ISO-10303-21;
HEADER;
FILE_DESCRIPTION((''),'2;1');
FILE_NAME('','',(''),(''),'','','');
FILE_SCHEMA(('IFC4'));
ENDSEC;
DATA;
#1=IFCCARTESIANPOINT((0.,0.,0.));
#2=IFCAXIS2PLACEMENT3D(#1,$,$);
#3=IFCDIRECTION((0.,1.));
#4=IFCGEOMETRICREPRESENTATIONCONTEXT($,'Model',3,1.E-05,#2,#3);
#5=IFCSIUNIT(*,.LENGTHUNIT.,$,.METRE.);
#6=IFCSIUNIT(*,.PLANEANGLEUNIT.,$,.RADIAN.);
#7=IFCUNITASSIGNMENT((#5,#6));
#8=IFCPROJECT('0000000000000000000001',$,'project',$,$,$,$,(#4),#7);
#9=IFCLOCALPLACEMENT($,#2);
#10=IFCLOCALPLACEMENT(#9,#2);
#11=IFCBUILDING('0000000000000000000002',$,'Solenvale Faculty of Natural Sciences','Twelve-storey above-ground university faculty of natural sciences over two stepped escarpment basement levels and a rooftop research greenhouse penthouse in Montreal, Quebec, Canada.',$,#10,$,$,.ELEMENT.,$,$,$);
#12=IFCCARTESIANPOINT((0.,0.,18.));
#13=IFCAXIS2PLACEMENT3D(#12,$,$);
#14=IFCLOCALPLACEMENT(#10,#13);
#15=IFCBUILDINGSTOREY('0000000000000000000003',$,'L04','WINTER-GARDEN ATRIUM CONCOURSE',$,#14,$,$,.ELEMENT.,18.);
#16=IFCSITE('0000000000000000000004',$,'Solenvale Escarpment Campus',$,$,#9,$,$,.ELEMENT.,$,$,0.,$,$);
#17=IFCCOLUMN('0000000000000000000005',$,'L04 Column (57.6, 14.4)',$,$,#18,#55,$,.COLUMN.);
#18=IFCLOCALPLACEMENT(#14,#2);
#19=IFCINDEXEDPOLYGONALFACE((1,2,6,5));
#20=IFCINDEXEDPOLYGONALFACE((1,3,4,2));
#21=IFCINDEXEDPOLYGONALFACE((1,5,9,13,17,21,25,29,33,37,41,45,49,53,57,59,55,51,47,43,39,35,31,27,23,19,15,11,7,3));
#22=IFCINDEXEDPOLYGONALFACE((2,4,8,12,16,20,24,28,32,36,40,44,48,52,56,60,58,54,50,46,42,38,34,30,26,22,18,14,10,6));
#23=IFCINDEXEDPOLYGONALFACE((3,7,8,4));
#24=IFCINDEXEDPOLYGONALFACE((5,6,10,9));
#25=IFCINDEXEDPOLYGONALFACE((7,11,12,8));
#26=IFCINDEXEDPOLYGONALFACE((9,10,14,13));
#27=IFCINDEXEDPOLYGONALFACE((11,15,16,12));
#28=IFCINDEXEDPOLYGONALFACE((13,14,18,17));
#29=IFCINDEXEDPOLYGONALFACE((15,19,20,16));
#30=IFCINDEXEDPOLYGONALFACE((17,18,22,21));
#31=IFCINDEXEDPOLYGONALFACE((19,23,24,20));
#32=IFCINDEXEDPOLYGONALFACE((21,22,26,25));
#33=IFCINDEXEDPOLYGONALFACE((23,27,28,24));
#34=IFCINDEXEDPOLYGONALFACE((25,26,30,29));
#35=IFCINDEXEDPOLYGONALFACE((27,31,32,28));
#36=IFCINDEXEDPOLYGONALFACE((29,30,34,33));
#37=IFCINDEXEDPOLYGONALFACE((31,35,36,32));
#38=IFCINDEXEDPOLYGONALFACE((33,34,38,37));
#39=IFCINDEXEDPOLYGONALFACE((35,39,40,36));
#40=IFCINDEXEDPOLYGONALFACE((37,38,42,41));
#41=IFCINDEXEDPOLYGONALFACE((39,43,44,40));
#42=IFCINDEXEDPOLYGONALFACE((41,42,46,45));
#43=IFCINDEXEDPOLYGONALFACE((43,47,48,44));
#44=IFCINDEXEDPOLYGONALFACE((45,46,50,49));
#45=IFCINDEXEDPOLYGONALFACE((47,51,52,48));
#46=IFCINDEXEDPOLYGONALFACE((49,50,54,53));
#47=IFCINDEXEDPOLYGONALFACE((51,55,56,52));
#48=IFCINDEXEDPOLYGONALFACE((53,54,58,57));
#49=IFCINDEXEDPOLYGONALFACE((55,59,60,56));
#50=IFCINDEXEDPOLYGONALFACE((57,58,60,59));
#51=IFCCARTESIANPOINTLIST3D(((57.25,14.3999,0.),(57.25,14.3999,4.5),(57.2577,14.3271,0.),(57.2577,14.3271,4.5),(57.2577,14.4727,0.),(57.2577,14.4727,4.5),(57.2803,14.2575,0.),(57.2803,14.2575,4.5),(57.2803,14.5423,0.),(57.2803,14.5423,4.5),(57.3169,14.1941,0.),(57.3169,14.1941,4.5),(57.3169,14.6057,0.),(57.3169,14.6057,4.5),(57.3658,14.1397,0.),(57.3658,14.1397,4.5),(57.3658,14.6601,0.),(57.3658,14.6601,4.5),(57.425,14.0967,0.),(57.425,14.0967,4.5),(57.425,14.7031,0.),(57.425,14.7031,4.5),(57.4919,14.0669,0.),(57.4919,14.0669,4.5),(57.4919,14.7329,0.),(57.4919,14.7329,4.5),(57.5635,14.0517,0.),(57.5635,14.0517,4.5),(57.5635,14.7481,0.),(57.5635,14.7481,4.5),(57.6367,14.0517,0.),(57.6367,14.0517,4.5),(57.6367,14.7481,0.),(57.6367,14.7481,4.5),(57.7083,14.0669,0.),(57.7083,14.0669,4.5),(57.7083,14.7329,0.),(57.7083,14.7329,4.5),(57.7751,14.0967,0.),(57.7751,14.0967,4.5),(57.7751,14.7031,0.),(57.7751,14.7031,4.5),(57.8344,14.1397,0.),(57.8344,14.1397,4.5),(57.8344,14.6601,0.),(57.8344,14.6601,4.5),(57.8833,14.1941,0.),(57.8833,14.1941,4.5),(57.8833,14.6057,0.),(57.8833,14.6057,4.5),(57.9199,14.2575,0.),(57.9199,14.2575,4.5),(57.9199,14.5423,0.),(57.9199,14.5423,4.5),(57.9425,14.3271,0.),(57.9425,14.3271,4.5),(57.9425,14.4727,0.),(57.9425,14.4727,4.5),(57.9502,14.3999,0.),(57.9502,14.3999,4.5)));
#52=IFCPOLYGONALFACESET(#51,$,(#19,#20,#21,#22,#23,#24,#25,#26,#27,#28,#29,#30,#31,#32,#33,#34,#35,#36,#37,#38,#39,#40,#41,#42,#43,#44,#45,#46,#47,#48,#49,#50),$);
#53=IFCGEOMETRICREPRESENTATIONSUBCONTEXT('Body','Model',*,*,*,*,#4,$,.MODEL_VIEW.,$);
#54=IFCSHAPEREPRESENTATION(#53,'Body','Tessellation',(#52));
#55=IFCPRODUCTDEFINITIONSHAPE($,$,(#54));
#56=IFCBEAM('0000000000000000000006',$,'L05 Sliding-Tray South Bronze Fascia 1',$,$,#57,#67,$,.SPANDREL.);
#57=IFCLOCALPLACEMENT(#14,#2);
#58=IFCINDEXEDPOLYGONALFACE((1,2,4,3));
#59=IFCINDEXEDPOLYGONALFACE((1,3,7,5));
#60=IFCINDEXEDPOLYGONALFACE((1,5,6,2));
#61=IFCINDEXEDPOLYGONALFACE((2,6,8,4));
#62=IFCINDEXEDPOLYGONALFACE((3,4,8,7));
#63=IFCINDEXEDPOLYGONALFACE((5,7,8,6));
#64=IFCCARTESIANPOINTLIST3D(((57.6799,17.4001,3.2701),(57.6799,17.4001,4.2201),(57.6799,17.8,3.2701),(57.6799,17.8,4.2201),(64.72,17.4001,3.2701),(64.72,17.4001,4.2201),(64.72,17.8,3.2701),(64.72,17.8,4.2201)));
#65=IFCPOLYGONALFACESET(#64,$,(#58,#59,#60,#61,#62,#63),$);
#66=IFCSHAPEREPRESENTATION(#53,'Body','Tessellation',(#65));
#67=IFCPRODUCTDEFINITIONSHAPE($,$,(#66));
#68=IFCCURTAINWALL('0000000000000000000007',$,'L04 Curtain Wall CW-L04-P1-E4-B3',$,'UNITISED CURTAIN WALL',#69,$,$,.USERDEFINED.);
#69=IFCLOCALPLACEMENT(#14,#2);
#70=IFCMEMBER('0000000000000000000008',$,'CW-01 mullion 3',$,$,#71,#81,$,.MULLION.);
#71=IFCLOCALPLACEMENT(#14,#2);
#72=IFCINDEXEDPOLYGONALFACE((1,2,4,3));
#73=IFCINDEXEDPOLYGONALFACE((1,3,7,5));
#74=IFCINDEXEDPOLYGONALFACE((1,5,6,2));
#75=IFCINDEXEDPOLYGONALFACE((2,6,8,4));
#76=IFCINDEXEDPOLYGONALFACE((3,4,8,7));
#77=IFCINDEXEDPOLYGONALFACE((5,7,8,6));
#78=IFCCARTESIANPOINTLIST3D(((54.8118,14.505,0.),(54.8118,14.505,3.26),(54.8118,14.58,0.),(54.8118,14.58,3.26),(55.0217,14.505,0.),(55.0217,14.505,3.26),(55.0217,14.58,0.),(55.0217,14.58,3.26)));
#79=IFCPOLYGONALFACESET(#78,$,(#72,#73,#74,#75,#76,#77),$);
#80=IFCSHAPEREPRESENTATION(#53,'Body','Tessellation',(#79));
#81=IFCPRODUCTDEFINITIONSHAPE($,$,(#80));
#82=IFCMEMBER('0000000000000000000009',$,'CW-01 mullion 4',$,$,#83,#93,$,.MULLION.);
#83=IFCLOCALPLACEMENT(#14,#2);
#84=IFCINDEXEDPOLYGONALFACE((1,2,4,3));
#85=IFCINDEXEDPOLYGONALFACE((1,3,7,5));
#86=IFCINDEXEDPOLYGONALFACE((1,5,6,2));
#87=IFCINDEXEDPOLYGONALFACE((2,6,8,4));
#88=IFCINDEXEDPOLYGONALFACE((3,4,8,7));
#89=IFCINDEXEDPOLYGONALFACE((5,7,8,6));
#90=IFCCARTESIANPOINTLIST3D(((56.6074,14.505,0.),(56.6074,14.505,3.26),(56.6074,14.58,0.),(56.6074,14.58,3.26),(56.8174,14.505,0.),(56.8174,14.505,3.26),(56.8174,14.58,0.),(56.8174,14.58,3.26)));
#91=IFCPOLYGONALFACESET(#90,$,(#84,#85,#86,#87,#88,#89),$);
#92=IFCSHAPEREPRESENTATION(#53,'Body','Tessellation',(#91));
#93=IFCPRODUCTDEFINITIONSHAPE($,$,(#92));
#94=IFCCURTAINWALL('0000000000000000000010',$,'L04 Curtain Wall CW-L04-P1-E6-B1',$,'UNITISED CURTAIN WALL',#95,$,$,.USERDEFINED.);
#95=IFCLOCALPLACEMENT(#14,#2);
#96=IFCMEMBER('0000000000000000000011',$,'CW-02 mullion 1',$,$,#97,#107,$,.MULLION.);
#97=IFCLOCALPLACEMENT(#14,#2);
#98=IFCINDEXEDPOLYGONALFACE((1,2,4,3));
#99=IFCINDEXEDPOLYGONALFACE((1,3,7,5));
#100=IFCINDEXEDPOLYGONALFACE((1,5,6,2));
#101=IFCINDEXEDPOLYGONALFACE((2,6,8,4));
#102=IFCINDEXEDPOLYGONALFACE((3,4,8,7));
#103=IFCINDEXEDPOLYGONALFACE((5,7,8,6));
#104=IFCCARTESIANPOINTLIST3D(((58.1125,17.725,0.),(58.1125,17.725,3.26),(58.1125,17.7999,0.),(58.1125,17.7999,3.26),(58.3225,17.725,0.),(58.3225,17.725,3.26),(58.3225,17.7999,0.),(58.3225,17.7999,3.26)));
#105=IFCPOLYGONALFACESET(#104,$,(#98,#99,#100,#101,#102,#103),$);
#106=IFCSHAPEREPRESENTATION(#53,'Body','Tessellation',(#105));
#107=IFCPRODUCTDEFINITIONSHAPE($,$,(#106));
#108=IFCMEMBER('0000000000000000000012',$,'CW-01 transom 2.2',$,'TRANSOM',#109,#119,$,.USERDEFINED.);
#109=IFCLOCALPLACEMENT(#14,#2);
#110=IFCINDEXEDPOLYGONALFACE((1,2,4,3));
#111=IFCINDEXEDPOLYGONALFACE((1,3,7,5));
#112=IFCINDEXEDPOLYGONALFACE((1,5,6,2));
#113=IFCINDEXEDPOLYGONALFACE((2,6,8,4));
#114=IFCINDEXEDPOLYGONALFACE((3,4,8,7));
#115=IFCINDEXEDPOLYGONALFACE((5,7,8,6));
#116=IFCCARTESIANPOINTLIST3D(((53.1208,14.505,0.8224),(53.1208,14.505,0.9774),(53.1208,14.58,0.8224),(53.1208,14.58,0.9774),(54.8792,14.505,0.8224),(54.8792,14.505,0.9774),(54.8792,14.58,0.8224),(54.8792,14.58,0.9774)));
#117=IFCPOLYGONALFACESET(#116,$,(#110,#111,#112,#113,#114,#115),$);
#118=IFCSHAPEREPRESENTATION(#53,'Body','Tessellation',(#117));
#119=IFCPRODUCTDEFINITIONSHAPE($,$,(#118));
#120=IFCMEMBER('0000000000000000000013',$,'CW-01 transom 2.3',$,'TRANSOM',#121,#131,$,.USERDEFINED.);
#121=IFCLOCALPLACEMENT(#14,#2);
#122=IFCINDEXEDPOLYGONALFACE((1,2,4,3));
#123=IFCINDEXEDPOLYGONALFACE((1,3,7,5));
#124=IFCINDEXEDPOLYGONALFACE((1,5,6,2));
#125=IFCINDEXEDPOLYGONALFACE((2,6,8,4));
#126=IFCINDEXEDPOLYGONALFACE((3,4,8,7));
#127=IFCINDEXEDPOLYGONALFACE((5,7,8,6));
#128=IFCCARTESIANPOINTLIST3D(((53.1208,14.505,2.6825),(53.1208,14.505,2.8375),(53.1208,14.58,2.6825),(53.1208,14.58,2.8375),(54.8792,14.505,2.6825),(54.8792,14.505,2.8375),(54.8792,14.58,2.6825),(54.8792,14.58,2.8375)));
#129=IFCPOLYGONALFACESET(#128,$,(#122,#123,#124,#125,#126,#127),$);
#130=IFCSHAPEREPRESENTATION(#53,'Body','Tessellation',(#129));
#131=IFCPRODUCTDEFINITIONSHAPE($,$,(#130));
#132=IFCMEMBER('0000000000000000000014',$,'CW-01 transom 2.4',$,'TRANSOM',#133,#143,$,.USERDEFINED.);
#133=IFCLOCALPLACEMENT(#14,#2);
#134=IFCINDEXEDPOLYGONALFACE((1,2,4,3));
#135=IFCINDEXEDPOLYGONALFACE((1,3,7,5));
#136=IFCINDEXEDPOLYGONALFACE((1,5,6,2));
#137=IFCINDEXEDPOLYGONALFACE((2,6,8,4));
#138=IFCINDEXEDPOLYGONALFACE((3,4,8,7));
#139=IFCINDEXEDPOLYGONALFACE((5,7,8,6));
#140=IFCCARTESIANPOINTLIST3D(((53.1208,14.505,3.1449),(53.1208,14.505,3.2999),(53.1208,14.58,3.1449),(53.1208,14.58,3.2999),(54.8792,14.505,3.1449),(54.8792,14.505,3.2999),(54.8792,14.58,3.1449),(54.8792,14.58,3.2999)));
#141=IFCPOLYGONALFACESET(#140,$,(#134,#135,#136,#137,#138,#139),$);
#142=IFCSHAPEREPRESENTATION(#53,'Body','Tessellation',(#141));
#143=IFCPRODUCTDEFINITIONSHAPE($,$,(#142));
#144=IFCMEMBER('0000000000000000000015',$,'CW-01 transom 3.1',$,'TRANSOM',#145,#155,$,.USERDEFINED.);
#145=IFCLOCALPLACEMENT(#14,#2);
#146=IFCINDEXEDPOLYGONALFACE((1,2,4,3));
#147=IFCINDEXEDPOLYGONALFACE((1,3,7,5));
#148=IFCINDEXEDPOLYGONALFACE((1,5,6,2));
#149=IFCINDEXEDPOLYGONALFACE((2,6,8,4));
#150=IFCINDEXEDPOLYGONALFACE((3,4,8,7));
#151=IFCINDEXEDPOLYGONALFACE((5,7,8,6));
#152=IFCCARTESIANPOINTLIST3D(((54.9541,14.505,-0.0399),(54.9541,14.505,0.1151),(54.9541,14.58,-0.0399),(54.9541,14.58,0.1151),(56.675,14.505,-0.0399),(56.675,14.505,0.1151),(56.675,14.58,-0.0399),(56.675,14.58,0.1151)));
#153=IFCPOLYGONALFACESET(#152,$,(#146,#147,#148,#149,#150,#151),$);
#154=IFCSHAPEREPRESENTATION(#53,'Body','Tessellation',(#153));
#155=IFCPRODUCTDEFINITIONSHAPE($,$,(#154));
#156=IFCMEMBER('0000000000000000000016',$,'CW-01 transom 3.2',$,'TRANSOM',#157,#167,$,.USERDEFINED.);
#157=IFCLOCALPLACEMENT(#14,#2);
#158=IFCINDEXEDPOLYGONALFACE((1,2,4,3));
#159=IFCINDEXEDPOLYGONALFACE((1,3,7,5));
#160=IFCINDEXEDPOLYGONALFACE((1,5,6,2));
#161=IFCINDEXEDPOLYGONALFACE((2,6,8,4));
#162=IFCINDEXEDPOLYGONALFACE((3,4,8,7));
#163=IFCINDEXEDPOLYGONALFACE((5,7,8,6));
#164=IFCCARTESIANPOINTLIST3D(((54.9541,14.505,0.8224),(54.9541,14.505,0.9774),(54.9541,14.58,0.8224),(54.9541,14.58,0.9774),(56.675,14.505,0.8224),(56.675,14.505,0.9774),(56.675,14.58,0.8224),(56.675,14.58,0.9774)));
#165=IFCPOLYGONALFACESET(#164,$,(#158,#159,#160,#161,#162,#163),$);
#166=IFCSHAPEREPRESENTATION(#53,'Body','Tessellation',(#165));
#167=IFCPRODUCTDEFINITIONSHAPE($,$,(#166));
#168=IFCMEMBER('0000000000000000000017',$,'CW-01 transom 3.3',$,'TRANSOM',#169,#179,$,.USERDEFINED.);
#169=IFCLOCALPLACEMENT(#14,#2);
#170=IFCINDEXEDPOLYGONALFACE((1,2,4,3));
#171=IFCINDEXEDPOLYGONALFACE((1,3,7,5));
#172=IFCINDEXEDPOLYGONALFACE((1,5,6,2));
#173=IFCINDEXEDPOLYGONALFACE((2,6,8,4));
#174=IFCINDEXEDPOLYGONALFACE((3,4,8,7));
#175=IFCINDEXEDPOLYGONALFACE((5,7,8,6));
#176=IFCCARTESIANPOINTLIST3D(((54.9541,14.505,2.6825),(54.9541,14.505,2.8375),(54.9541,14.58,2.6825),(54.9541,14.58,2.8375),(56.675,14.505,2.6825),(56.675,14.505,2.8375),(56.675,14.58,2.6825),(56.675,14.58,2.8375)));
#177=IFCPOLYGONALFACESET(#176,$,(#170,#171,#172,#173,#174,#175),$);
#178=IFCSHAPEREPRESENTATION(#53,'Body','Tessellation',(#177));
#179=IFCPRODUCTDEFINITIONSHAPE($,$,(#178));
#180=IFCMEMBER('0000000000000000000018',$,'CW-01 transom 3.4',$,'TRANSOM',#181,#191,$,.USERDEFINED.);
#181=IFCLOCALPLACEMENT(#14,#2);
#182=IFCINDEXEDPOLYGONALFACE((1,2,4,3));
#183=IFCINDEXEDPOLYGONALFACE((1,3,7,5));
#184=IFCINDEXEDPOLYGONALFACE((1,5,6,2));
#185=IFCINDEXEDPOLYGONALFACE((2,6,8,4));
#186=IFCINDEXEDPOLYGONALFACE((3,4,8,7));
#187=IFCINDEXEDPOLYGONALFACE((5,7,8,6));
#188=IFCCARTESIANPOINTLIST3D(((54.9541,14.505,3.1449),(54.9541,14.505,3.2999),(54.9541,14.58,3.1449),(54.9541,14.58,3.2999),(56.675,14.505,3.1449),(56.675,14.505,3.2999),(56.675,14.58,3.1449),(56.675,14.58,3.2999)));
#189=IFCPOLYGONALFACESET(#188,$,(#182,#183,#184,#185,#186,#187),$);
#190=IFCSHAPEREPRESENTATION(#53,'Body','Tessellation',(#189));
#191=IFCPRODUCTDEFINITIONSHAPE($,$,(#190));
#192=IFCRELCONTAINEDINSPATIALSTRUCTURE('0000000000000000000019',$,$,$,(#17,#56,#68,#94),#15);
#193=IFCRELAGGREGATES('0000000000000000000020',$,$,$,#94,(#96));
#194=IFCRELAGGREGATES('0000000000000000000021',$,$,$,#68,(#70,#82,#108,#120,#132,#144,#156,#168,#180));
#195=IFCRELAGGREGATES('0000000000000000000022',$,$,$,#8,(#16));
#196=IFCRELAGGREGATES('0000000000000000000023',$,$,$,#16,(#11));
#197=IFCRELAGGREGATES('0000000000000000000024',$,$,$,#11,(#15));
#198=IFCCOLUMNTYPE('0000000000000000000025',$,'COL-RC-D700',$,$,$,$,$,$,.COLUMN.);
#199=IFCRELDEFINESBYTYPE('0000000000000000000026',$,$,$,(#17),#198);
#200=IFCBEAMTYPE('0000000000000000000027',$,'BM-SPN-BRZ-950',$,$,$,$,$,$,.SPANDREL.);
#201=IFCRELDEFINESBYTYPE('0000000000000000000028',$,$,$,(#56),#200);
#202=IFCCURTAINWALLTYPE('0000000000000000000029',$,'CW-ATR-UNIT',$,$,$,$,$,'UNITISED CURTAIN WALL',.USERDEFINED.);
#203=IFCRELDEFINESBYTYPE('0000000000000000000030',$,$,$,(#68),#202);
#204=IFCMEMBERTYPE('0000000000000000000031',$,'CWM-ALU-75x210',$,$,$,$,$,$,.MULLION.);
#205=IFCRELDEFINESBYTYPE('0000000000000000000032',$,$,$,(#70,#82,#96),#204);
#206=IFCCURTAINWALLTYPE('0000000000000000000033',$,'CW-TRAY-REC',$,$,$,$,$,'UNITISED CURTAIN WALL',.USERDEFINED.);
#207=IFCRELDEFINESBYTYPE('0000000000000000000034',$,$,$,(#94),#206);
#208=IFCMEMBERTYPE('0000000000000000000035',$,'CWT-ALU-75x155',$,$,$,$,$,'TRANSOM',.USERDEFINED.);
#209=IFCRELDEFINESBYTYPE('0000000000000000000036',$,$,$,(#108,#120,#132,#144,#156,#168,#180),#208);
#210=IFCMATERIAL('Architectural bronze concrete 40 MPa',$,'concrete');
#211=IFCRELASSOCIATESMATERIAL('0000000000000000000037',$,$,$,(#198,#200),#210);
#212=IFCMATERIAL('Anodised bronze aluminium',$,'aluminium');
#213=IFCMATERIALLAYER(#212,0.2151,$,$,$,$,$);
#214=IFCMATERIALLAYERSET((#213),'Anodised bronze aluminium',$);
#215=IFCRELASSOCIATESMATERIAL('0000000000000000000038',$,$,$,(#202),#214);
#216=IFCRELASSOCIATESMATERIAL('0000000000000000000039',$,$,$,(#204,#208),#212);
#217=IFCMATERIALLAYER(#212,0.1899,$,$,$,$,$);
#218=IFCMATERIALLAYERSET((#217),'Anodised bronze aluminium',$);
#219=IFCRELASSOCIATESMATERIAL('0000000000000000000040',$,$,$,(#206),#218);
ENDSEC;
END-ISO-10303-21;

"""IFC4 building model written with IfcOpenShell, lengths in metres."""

from ifc_helpers import new_model, si_unit, direction, frame, origin, origin_2d, place, context, subcontext, project, spatial, rectangle, circle, extrude, material, layer, layer_set, material_profile, profile_set, type_object, element, aggregate, save


model = new_model("IFC4")

# Units and contexts
model_context = context("Model", 3, precision=1e-05, world=origin(), true_north=direction((0.0, 1.0)))
body_context = subcontext(model_context, "Body", "Model", "MODEL_VIEW")
ifc_project = project(units=[si_unit("LENGTHUNIT", "METRE"), si_unit("PLANEANGLEUNIT", "RADIAN")], contexts=[model_context])

# Site, building, storey
site_placement = place(None, origin())
site = spatial("IfcSite", under=ifc_project, at=site_placement, Name="Solenvale Escarpment Campus", CompositionType="ELEMENT", RefElevation=0.0)
building_placement = place(site_placement, origin())
building = spatial("IfcBuilding", under=site, at=building_placement, Name="Solenvale Faculty of Natural Sciences", Description="Twelve-storey above-ground university faculty of natural sciences over two stepped escarpment basement levels and a rooftop research greenhouse penthouse in Montreal, Quebec, Canada.", CompositionType="ELEMENT")
storey_placement = place(building_placement, frame((0.0, 0.0, 18.0)))
storey = spatial("IfcBuildingStorey", under=building, at=storey_placement, Name="L04", Description="WINTER-GARDEN ATRIUM CONCOURSE", CompositionType="ELEMENT", Elevation=18.0)

# Column
ifc_material_1 = material(Name="Architectural bronze concrete 40 MPa", Category="concrete")
ifc_material_profile_1 = material_profile(ifc_material_1, circle(Radius=0.3501, at=origin_2d()), Name="RC-COL-D700")
ifc_profile_set_1 = profile_set([ifc_material_profile_1], Name="Architectural bronze concrete 40 MPa")
column_type = type_object("IfcColumnType", Name="COL-RC-D700", PredefinedType="COLUMN", material=ifc_profile_set_1)
column_placement = place(storey_placement, frame((57.6001, 14.3999, 0.0), z_axis=(0.0, 0.0, 1.0), x_axis=(1.0, 0.0, 0.0)))
element("IfcColumn", 1, at=column_placement, inside=storey, type_object=column_type, Name="L04 Column (57.6, 14.4)", PredefinedType="COLUMN", context=body_context, shape_type="SweptSolid", body=[
    extrude(circle(Radius=0.3501, at=origin_2d()), origin(), (0.0, 0.0, 1.0), 4.5),
])

# Beam
ifc_material_profile_2 = material_profile(ifc_material_1, rectangle(XDim=0.3999, YDim=0.95, at=origin_2d()), Name="RC-SPN-400x950")
ifc_profile_set_2 = profile_set([ifc_material_profile_2], Name="Architectural bronze concrete 40 MPa")
beam_type = type_object("IfcBeamType", Name="BM-SPN-BRZ-950", PredefinedType="SPANDREL", material=ifc_profile_set_2)
beam_placement = place(storey_placement, frame((57.6799, 17.6001, 3.7451), z_axis=(1.0, 0.0, 0.0), x_axis=(0.0, 1.0, 0.0)))
element("IfcBeam", 2, at=beam_placement, inside=storey, type_object=beam_type, Name="L05 Sliding-Tray South Bronze Fascia 1", PredefinedType="SPANDREL", context=body_context, shape_type="SweptSolid", body=[
    extrude(rectangle(XDim=0.3999, YDim=0.95, at=origin_2d()), origin(), (0.0, 0.0, 1.0), 7.04),
])

# Curtain wall, members
ifc_material_2 = material(Name="Anodised bronze aluminium", Category="aluminium")
ifc_layer_1 = layer(ifc_material_2, 0.2151)
ifc_layer_set_1 = layer_set([ifc_layer_1], Name="Anodised bronze aluminium")
curtain_wall_type_1 = type_object("IfcCurtainWallType", Name="CW-ATR-UNIT", ElementType="UNITISED CURTAIN WALL", PredefinedType="USERDEFINED", material=ifc_layer_set_1)
curtain_wall_1_placement = place(storey_placement, origin())
curtain_wall_1 = element("IfcCurtainWall", 3, at=curtain_wall_1_placement, inside=storey, type_object=curtain_wall_type_1, Name="L04 Curtain Wall CW-L04-P1-E4-B3", ObjectType="UNITISED CURTAIN WALL", PredefinedType="USERDEFINED")
ifc_material_profile_3 = material_profile(ifc_material_2, rectangle(XDim=0.075, YDim=0.21, at=origin_2d()), Name="ALU-MUL-75x210")
ifc_profile_set_3 = profile_set([ifc_material_profile_3], Name="Anodised bronze aluminium")
member_type_1 = type_object("IfcMemberType", Name="CWM-ALU-75x210", PredefinedType="MULLION", material=ifc_profile_set_3)
member_1_placement = place(storey_placement, frame((54.9167, 14.5425, 0.0), z_axis=(0.0, 0.0, 1.0), x_axis=(0.0, 1.0, 0.0)))
member_1 = element("IfcMember", 4, at=member_1_placement, type_object=member_type_1, Name="CW-01 mullion 3", PredefinedType="MULLION", context=body_context, shape_type="SweptSolid", body=[
    extrude(rectangle(XDim=0.075, YDim=0.21, at=origin_2d()), origin(), (0.0, 0.0, 1.0), 3.26),
])
member_2_placement = place(storey_placement, frame((56.7124, 14.5425, 0.0), z_axis=(0.0, 0.0, 1.0), x_axis=(0.0, 1.0, 0.0)))
member_2 = element("IfcMember", 5, at=member_2_placement, type_object=member_type_1, Name="CW-01 mullion 4", PredefinedType="MULLION", context=body_context, shape_type="SweptSolid", body=[
    extrude(rectangle(XDim=0.075, YDim=0.21, at=origin_2d()), origin(), (0.0, 0.0, 1.0), 3.26),
])

# Curtain wall, member
ifc_layer_2 = layer(ifc_material_2, 0.1899)
ifc_layer_set_2 = layer_set([ifc_layer_2], Name="Anodised bronze aluminium")
curtain_wall_type_2 = type_object("IfcCurtainWallType", Name="CW-TRAY-REC", ElementType="UNITISED CURTAIN WALL", PredefinedType="USERDEFINED", material=ifc_layer_set_2)
curtain_wall_2_placement = place(storey_placement, origin())
curtain_wall_2 = element("IfcCurtainWall", 6, at=curtain_wall_2_placement, inside=storey, type_object=curtain_wall_type_2, Name="L04 Curtain Wall CW-L04-P1-E6-B1", ObjectType="UNITISED CURTAIN WALL", PredefinedType="USERDEFINED")
member_3_placement = place(storey_placement, frame((58.2175, 17.7625, 0.0), z_axis=(0.0, 0.0, 1.0), x_axis=(0.0, 1.0, 0.0)))
member_3 = element("IfcMember", 7, at=member_3_placement, type_object=member_type_1, Name="CW-02 mullion 1", PredefinedType="MULLION", context=body_context, shape_type="SweptSolid", body=[
    extrude(rectangle(XDim=0.075, YDim=0.21, at=origin_2d()), origin(), (0.0, 0.0, 1.0), 3.26),
])

# Members
ifc_material_profile_4 = material_profile(ifc_material_2, rectangle(XDim=0.075, YDim=0.155, at=origin_2d()), Name="ALU-TRN-75x155")
ifc_profile_set_4 = profile_set([ifc_material_profile_4], Name="Anodised bronze aluminium")
member_type_2 = type_object("IfcMemberType", Name="CWT-ALU-75x155", ElementType="TRANSOM", PredefinedType="USERDEFINED", material=ifc_profile_set_4)
member_4_placement = place(storey_placement, frame((53.1208, 14.5425, 0.8999), z_axis=(1.0, 0.0, 0.0), x_axis=(0.0, 1.0, 0.0)))
member_4 = element("IfcMember", 8, at=member_4_placement, type_object=member_type_2, Name="CW-01 transom 2.2", ObjectType="TRANSOM", PredefinedType="USERDEFINED", context=body_context, shape_type="SweptSolid", body=[
    extrude(rectangle(XDim=0.075, YDim=0.155, at=origin_2d()), origin(), (0.0, 0.0, 1.0), 1.7583),
])
member_5_placement = place(storey_placement, frame((53.1208, 14.5425, 2.76), z_axis=(1.0, 0.0, 0.0), x_axis=(0.0, 1.0, 0.0)))
member_5 = element("IfcMember", 9, at=member_5_placement, type_object=member_type_2, Name="CW-01 transom 2.3", ObjectType="TRANSOM", PredefinedType="USERDEFINED", context=body_context, shape_type="SweptSolid", body=[
    extrude(rectangle(XDim=0.075, YDim=0.155, at=origin_2d()), origin(), (0.0, 0.0, 1.0), 1.7583),
])
member_6_placement = place(storey_placement, frame((53.1208, 14.5425, 3.2224), z_axis=(1.0, 0.0, 0.0), x_axis=(0.0, 1.0, 0.0)))
member_6 = element("IfcMember", 10, at=member_6_placement, type_object=member_type_2, Name="CW-01 transom 2.4", ObjectType="TRANSOM", PredefinedType="USERDEFINED", context=body_context, shape_type="SweptSolid", body=[
    extrude(rectangle(XDim=0.075, YDim=0.155, at=origin_2d()), origin(), (0.0, 0.0, 1.0), 1.7583),
])
member_7_placement = place(storey_placement, frame((54.9541, 14.5425, 0.0376), z_axis=(1.0, 0.0, 0.0), x_axis=(0.0, 1.0, 0.0)))
member_7 = element("IfcMember", 11, at=member_7_placement, type_object=member_type_2, Name="CW-01 transom 3.1", ObjectType="TRANSOM", PredefinedType="USERDEFINED", context=body_context, shape_type="SweptSolid", body=[
    extrude(rectangle(XDim=0.075, YDim=0.155, at=origin_2d()), origin(), (0.0, 0.0, 1.0), 1.7209),
])
member_8_placement = place(storey_placement, frame((54.9541, 14.5425, 0.8999), z_axis=(1.0, 0.0, 0.0), x_axis=(0.0, 1.0, 0.0)))
member_8 = element("IfcMember", 12, at=member_8_placement, type_object=member_type_2, Name="CW-01 transom 3.2", ObjectType="TRANSOM", PredefinedType="USERDEFINED", context=body_context, shape_type="SweptSolid", body=[
    extrude(rectangle(XDim=0.075, YDim=0.155, at=origin_2d()), origin(), (0.0, 0.0, 1.0), 1.7209),
])
member_9_placement = place(storey_placement, frame((54.9541, 14.5425, 2.76), z_axis=(1.0, 0.0, 0.0), x_axis=(0.0, 1.0, 0.0)))
member_9 = element("IfcMember", 13, at=member_9_placement, type_object=member_type_2, Name="CW-01 transom 3.3", ObjectType="TRANSOM", PredefinedType="USERDEFINED", context=body_context, shape_type="SweptSolid", body=[
    extrude(rectangle(XDim=0.075, YDim=0.155, at=origin_2d()), origin(), (0.0, 0.0, 1.0), 1.7209),
])
member_10_placement = place(storey_placement, frame((54.9541, 14.5425, 3.2224), z_axis=(1.0, 0.0, 0.0), x_axis=(0.0, 1.0, 0.0)))
member_10 = element("IfcMember", 14, at=member_10_placement, type_object=member_type_2, Name="CW-01 transom 3.4", ObjectType="TRANSOM", PredefinedType="USERDEFINED", context=body_context, shape_type="SweptSolid", body=[
    extrude(rectangle(XDim=0.075, YDim=0.155, at=origin_2d()), origin(), (0.0, 0.0, 1.0), 1.7209),
])
aggregate(curtain_wall_2, [member_3])

aggregate(curtain_wall_1, [member_1, member_2, member_4, member_5, member_6, member_7, member_8, member_9, member_10])

save(model, "model.ifc")
